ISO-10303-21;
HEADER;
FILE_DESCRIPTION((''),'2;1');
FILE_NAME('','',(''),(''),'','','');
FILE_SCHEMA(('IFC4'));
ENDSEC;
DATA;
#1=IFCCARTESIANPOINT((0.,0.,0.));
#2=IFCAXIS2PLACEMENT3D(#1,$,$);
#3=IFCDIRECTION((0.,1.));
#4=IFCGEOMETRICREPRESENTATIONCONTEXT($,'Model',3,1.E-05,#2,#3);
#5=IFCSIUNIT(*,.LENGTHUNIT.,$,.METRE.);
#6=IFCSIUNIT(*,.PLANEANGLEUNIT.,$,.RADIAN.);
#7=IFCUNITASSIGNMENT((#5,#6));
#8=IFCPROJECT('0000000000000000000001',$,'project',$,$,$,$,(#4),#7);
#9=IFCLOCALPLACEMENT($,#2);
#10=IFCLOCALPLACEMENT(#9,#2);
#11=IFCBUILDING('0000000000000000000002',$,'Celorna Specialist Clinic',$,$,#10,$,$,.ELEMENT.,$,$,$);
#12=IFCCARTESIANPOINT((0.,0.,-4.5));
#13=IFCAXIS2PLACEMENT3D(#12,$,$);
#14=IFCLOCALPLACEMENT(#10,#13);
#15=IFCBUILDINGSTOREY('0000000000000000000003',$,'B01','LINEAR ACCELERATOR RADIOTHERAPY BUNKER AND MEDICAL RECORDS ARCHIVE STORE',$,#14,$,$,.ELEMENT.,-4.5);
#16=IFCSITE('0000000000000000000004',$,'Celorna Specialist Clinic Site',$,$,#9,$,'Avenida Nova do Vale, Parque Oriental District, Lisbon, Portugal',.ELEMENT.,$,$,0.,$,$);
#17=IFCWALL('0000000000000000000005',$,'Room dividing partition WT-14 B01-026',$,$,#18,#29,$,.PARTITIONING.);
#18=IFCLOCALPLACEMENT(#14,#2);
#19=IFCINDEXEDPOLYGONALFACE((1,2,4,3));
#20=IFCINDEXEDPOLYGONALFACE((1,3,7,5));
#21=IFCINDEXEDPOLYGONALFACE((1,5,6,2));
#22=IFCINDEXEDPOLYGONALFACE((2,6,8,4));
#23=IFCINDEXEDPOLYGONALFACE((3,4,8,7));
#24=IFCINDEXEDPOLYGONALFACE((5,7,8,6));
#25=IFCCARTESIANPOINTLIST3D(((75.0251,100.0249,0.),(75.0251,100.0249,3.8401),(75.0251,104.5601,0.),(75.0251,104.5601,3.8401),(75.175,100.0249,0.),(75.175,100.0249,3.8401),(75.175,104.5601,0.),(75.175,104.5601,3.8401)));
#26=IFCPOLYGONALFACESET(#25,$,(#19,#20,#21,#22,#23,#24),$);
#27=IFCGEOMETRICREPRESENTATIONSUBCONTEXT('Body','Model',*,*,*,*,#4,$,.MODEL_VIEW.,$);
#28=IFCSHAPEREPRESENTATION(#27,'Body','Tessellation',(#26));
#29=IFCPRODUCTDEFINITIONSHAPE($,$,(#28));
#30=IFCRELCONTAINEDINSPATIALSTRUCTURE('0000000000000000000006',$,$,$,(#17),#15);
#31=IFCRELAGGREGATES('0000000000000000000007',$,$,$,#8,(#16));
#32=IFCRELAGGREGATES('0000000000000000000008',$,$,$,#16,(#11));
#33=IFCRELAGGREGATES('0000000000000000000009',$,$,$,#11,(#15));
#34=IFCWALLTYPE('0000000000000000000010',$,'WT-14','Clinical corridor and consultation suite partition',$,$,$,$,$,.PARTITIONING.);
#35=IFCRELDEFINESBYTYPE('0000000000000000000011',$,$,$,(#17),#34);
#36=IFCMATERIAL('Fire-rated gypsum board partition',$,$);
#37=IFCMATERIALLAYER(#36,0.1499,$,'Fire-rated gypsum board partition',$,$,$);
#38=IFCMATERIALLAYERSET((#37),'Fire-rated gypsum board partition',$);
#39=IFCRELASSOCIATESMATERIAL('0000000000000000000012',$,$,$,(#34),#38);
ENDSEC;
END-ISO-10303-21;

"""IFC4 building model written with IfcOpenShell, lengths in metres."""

from ifc_helpers import new_model, si_unit, direction, frame, frame_2d, origin, place, context, subcontext, project, spatial, rectangle, extrude, material, layer, layer_set, type_object, element, save


model = new_model("IFC4")

# Units and contexts
model_context = context("Model", 3, precision=1e-05, world=origin(), true_north=direction((0.0, 1.0)))
body_context = subcontext(model_context, "Body", "Model", "MODEL_VIEW")
ifc_project = project(units=[si_unit("LENGTHUNIT", "METRE"), si_unit("PLANEANGLEUNIT", "RADIAN")], contexts=[model_context])

# Site, building, storey
site_placement = place(None, origin())
site = spatial("IfcSite", under=ifc_project, at=site_placement, Name="Celorna Specialist Clinic Site", LongName="Avenida Nova do Vale, Parque Oriental District, Lisbon, Portugal", CompositionType="ELEMENT", RefElevation=0.0)
building_placement = place(site_placement, origin())
building = spatial("IfcBuilding", under=site, at=building_placement, Name="Celorna Specialist Clinic", CompositionType="ELEMENT")
storey_placement = place(building_placement, frame((0.0, 0.0, -4.5)))
storey = spatial("IfcBuildingStorey", under=building, at=storey_placement, Name="B01", Description="LINEAR ACCELERATOR RADIOTHERAPY BUNKER AND MEDICAL RECORDS ARCHIVE STORE", CompositionType="ELEMENT", Elevation=-4.5)

# Shared definitions
ifc_material_1 = material(Name="Fire-rated gypsum board partition")
ifc_layer_1 = layer(ifc_material_1, 0.1499, Name="Fire-rated gypsum board partition")
ifc_layer_set_1 = layer_set([ifc_layer_1], Name="Fire-rated gypsum board partition")
wall_type_1 = type_object("IfcWallType", Name="WT-14", Description="Clinical corridor and consultation suite partition", PredefinedType="PARTITIONING", material=ifc_layer_set_1)

# Wall
wall_1_placement = place(storey_placement, frame((75.1001, 100.0249, 0.0), z_axis=(0.0, 0.0, 1.0), x_axis=(0.0, 1.0, 0.0)))
element("IfcWall", 1, at=wall_1_placement, inside=storey, type_object=wall_type_1, Name="Room dividing partition WT-14 B01-026", PredefinedType="PARTITIONING", context=body_context, shape_type="SweptSolid", body=[
    extrude(rectangle(XDim=4.5352, YDim=0.1499, at=frame_2d((2.2676, 0.0))), origin(), (0.0, 0.0, 1.0), 3.8401),
])

save(model, "model.ifc")
